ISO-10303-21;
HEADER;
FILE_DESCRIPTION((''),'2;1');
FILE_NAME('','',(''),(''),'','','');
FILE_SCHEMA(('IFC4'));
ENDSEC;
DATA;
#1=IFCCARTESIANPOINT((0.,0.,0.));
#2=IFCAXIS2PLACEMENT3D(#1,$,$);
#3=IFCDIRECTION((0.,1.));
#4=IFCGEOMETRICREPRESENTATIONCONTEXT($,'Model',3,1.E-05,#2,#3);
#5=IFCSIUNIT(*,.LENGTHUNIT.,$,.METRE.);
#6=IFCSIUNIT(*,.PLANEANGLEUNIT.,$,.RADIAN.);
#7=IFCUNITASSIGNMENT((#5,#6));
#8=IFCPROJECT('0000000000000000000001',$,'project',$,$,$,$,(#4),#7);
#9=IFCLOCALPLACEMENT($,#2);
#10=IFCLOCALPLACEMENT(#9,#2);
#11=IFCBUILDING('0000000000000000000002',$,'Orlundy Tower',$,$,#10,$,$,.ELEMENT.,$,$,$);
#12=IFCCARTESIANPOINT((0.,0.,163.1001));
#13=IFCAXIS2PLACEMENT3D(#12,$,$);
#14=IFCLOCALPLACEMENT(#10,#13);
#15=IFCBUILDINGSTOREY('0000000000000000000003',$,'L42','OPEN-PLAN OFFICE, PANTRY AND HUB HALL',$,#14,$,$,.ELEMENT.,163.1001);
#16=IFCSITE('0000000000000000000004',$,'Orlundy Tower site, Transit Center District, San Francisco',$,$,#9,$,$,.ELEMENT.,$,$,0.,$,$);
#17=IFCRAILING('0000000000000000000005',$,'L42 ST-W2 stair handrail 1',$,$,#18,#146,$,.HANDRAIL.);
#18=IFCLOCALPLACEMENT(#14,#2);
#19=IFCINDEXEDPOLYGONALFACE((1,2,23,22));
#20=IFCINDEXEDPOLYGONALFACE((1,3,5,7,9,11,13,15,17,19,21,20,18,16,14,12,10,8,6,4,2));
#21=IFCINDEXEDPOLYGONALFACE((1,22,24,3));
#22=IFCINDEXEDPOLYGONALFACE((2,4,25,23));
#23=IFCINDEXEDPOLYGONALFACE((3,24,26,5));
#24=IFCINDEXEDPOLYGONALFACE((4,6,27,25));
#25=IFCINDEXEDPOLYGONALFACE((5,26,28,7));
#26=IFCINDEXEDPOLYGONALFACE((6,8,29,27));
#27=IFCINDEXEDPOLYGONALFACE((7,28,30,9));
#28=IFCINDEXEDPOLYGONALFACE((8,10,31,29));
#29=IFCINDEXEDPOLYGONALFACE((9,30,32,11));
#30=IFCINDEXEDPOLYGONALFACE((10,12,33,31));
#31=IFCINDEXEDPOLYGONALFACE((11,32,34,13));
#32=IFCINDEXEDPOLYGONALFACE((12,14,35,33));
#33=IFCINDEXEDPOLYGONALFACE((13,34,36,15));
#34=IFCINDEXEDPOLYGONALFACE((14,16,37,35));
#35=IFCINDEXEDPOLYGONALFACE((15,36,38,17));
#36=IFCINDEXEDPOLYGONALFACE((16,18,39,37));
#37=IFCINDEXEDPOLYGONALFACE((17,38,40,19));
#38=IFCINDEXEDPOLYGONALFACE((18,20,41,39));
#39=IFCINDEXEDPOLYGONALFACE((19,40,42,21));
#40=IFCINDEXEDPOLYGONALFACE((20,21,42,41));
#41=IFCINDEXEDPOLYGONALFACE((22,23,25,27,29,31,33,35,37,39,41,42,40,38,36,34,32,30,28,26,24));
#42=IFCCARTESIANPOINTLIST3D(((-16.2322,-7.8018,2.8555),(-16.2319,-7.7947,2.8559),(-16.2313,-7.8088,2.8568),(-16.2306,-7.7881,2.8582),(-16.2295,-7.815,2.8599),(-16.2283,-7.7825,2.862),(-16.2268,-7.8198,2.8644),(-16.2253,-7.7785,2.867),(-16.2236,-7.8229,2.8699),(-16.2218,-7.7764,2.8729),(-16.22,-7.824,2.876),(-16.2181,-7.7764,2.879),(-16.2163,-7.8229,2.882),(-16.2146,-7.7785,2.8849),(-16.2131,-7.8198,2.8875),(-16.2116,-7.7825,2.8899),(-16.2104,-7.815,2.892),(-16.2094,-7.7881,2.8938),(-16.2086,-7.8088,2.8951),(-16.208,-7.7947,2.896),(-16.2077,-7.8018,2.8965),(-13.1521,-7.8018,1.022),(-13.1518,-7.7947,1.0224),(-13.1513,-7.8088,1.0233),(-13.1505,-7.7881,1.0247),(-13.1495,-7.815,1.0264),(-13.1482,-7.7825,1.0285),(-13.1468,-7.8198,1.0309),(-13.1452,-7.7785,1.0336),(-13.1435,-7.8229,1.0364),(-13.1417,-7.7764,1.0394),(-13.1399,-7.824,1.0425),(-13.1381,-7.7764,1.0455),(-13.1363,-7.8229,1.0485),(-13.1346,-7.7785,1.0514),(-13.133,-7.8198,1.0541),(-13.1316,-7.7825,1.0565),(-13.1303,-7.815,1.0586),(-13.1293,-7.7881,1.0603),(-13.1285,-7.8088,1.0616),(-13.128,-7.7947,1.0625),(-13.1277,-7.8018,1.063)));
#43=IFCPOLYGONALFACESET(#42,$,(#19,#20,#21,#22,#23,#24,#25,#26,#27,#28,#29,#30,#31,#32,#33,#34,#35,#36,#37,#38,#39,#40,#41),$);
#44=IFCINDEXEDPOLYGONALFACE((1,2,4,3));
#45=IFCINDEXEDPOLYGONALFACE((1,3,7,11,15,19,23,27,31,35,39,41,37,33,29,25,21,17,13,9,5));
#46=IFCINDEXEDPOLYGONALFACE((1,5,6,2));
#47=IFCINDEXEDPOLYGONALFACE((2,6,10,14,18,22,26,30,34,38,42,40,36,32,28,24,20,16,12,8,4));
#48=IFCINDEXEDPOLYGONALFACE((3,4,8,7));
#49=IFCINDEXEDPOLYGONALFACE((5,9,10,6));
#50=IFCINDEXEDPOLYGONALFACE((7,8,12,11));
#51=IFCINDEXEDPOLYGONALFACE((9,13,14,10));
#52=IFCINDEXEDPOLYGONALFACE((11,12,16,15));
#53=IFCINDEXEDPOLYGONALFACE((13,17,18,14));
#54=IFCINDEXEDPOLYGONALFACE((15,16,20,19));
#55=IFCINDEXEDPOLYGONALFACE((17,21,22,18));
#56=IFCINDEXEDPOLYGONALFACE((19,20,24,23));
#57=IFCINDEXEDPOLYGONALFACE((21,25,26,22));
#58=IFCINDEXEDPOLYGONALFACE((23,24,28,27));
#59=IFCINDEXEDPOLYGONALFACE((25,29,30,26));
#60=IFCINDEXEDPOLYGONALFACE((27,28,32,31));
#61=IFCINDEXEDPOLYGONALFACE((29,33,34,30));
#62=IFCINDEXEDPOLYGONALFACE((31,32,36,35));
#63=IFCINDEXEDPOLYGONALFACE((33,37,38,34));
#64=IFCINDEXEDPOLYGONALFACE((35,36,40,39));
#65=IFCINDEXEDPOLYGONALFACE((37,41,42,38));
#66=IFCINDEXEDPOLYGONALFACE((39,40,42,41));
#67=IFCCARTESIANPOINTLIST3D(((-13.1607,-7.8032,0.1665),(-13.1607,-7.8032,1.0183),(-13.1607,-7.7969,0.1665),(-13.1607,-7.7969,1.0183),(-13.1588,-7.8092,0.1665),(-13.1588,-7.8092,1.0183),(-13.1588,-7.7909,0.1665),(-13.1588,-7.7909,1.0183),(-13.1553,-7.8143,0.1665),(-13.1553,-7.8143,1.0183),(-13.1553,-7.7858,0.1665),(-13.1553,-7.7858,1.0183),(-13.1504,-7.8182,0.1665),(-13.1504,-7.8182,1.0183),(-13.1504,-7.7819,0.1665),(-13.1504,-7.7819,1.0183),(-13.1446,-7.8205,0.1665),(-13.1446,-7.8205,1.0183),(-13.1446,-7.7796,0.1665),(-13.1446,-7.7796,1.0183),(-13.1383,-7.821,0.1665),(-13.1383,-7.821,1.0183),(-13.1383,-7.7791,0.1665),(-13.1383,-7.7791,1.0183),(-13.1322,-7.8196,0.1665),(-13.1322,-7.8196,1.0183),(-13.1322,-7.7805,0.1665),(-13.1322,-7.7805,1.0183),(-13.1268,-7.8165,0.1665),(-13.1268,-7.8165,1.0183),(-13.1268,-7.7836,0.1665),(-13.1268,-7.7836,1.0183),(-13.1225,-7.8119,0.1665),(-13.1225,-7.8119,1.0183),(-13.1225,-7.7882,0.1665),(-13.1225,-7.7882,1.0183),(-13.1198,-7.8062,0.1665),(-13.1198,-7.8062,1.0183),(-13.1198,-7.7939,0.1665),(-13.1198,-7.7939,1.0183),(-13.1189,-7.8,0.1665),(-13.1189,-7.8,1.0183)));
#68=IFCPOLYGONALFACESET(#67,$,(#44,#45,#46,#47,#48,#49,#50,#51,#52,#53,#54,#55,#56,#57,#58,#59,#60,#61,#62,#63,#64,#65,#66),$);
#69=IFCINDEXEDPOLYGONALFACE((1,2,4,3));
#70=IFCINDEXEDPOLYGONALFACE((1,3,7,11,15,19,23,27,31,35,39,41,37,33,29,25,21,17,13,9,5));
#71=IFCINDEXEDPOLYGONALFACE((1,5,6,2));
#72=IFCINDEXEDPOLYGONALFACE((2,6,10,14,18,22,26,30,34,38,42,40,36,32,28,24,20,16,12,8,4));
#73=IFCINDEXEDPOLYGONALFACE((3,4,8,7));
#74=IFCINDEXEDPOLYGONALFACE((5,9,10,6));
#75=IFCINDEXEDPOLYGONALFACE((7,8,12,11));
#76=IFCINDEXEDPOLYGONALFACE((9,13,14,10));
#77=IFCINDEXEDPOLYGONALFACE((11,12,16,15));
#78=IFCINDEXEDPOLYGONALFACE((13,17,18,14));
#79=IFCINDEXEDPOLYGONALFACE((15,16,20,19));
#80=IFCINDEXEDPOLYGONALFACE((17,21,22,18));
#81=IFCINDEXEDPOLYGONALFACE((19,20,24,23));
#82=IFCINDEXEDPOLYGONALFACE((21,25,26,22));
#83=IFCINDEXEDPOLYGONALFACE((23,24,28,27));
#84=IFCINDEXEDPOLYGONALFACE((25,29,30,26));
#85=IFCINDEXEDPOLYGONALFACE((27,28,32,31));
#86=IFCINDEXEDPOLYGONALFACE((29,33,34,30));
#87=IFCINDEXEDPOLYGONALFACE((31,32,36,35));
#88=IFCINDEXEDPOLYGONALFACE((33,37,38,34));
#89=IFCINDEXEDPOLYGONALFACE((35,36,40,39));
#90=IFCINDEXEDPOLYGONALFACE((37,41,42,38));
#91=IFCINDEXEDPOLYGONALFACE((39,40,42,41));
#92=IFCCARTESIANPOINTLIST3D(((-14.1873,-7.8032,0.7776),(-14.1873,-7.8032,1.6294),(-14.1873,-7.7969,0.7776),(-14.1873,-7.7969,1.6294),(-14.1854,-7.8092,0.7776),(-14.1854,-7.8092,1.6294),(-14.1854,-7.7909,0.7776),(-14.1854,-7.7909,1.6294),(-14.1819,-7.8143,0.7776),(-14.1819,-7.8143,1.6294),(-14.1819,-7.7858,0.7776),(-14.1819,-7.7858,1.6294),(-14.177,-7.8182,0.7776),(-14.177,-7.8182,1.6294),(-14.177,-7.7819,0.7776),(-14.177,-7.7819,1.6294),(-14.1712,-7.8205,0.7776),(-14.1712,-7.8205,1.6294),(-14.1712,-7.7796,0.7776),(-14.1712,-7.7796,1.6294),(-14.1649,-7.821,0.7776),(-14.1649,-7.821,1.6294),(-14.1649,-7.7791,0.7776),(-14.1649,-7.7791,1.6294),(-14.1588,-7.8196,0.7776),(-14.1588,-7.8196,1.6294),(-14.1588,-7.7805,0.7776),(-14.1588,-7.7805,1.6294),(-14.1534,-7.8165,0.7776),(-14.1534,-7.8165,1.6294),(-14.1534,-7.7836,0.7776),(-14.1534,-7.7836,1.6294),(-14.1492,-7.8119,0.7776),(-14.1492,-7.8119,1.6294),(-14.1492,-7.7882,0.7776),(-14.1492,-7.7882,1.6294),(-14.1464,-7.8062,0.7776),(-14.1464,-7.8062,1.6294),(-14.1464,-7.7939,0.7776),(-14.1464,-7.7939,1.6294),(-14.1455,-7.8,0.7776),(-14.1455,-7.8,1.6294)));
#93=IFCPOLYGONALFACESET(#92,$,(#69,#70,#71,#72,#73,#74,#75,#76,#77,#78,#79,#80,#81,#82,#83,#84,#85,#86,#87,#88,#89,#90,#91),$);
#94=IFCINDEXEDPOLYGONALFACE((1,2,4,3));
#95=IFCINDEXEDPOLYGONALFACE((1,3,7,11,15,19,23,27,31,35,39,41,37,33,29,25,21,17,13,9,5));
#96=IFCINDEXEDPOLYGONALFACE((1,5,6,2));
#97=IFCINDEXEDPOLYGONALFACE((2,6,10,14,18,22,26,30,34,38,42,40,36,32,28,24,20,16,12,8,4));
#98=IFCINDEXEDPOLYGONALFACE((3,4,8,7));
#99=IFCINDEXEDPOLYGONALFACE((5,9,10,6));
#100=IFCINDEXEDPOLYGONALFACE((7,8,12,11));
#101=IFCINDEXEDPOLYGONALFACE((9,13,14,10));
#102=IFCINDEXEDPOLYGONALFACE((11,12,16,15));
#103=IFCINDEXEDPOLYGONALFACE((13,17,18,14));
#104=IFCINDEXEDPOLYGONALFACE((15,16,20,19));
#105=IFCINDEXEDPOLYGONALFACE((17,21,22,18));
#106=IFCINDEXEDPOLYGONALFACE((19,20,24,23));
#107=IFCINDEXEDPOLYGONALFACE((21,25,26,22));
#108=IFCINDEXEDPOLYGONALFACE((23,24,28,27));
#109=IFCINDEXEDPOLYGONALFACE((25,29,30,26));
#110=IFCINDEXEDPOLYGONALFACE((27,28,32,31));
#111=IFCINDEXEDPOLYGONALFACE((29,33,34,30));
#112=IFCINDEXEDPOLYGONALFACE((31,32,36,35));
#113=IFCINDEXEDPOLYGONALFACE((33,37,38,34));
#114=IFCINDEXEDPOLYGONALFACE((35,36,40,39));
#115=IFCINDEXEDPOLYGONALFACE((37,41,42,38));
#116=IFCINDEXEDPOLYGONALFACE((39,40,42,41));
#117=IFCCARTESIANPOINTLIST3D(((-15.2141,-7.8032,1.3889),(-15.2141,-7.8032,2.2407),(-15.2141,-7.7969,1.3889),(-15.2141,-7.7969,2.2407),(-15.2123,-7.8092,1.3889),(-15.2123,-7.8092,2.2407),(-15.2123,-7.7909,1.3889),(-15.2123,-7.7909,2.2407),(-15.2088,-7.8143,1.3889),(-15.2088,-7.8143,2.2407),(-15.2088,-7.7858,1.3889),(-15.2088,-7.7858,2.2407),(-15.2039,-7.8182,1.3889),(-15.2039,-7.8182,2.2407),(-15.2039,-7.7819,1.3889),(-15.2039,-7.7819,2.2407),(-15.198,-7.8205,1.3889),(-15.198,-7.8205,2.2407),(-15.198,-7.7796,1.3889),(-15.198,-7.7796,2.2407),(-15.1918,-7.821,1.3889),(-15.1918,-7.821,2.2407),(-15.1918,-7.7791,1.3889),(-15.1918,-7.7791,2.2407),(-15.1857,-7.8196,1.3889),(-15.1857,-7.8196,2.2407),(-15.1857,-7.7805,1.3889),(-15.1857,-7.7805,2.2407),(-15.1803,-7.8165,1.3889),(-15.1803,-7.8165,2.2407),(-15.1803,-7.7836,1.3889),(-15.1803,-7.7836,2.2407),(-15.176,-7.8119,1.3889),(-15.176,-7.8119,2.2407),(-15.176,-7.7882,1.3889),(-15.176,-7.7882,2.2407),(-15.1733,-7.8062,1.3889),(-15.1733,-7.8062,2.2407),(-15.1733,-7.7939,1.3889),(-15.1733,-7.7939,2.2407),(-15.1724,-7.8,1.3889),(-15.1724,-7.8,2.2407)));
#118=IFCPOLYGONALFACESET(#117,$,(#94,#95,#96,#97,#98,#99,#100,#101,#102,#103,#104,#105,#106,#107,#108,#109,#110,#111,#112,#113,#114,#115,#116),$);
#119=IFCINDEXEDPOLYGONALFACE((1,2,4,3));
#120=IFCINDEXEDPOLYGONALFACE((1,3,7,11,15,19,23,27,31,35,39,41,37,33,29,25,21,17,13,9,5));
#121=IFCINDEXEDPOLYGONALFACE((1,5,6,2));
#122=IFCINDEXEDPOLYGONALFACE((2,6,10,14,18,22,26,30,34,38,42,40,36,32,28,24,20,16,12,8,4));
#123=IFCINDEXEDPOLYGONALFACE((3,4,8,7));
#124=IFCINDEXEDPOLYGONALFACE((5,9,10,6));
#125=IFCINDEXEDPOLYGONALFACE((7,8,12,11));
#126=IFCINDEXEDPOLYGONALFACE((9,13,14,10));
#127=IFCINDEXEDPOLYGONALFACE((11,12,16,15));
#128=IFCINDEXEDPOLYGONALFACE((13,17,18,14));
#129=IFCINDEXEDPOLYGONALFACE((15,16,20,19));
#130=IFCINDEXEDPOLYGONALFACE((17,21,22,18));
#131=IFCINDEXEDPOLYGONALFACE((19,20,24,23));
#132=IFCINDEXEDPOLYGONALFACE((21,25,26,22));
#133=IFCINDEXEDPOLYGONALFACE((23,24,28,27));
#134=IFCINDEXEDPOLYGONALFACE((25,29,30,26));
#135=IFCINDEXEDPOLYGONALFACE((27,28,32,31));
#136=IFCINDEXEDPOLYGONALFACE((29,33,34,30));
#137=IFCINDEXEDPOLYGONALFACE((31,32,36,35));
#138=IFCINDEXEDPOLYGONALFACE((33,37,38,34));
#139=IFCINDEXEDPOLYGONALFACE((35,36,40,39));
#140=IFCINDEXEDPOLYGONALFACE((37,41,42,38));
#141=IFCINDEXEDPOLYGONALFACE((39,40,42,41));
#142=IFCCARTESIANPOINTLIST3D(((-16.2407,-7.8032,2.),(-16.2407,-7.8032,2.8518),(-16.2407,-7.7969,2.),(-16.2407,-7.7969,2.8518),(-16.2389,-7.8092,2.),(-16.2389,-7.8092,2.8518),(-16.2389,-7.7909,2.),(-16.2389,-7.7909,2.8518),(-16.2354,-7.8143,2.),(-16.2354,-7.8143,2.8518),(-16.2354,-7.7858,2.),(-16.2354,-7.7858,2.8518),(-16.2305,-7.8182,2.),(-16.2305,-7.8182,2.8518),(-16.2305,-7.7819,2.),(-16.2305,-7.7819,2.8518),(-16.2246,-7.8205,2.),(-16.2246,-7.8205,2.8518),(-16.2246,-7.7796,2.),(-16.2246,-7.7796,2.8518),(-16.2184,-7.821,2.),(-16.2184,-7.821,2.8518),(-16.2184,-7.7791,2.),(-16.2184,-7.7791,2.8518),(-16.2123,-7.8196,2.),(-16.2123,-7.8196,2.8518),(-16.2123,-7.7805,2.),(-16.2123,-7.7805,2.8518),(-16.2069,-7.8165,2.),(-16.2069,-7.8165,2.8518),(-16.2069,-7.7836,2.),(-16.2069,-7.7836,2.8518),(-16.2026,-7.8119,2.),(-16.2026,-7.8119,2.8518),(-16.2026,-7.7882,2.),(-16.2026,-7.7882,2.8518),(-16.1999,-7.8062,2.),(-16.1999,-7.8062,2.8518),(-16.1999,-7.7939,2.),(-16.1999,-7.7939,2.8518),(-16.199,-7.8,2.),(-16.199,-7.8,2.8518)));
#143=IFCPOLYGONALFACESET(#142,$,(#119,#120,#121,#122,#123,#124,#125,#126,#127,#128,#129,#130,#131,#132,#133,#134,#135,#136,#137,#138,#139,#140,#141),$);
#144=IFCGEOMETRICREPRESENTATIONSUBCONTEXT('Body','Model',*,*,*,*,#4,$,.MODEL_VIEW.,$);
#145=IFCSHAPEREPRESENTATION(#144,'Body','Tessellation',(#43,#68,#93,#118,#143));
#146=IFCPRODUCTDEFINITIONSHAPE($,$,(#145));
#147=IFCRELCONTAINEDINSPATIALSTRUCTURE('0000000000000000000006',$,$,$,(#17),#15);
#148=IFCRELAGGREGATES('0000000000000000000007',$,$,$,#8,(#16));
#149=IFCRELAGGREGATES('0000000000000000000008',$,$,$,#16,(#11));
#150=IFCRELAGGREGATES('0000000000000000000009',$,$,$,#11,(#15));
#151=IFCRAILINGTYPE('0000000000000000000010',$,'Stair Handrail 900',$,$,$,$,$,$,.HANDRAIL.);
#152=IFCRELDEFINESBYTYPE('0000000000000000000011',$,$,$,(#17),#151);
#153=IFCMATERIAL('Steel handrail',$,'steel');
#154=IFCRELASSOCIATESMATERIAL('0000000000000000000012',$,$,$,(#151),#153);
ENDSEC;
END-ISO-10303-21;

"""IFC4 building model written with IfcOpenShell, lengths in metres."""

from ifc_helpers import new_model, si_unit, direction, frame, origin, origin_2d, place, context, subcontext, project, spatial, circle, extrude, material, type_object, element, save


model = new_model("IFC4")

# Units and contexts
model_context = context("Model", 3, precision=1e-05, world=origin(), true_north=direction((0.0, 1.0)))
body_context = subcontext(model_context, "Body", "Model", "MODEL_VIEW")
ifc_project = project(units=[si_unit("LENGTHUNIT", "METRE"), si_unit("PLANEANGLEUNIT", "RADIAN")], contexts=[model_context])

# Site, building, storey
site_placement = place(None, origin())
site = spatial("IfcSite", under=ifc_project, at=site_placement, Name="Orlundy Tower site, Transit Center District, San Francisco", CompositionType="ELEMENT", RefElevation=0.0)
building_placement = place(site_placement, origin())
building = spatial("IfcBuilding", under=site, at=building_placement, Name="Orlundy Tower", CompositionType="ELEMENT")
storey_placement = place(building_placement, frame((0.0, 0.0, 163.1001)))
storey = spatial("IfcBuildingStorey", under=building, at=storey_placement, Name="L42", Description="OPEN-PLAN OFFICE, PANTRY AND HUB HALL", CompositionType="ELEMENT", Elevation=163.1001)

# Railing
ifc_material_1 = material(Name="Steel handrail", Category="steel")
railing_type_1 = type_object("IfcRailingType", Name="Stair Handrail 900", PredefinedType="HANDRAIL", material=ifc_material_1)
railing_1_placement = place(storey_placement, frame((-13.1399, -7.8, 0.1665)))
element("IfcRailing", 1, at=railing_1_placement, inside=storey, type_object=railing_type_1, Name="L42 ST-W2 stair handrail 1", PredefinedType="HANDRAIL", context=body_context, shape_type="SweptSolid", body=[
    extrude(circle(Radius=0.0239, at=origin_2d()), frame((0.0, 0.0, 0.876), z_axis=(-0.859279, 0.0, 0.511508), x_axis=(0.0, -1.0, 0.0)), (0.0, 0.0, 1.0), 3.5845),
    extrude(circle(Radius=0.021, at=origin_2d()), origin(), (0.0, 0.0, 1.0), 0.8518),
    extrude(circle(Radius=0.021, at=origin_2d()), frame((-1.0266, 0.0, 0.6111)), (0.0, 0.0, 1.0), 0.8518),
    extrude(circle(Radius=0.021, at=origin_2d()), frame((-2.0535, 0.0, 1.2224)), (0.0, 0.0, 1.0), 0.8518),
    extrude(circle(Radius=0.021, at=origin_2d()), frame((-3.0801, 0.0, 1.8335)), (0.0, 0.0, 1.0), 0.8518),
])

save(model, "model.ifc")
